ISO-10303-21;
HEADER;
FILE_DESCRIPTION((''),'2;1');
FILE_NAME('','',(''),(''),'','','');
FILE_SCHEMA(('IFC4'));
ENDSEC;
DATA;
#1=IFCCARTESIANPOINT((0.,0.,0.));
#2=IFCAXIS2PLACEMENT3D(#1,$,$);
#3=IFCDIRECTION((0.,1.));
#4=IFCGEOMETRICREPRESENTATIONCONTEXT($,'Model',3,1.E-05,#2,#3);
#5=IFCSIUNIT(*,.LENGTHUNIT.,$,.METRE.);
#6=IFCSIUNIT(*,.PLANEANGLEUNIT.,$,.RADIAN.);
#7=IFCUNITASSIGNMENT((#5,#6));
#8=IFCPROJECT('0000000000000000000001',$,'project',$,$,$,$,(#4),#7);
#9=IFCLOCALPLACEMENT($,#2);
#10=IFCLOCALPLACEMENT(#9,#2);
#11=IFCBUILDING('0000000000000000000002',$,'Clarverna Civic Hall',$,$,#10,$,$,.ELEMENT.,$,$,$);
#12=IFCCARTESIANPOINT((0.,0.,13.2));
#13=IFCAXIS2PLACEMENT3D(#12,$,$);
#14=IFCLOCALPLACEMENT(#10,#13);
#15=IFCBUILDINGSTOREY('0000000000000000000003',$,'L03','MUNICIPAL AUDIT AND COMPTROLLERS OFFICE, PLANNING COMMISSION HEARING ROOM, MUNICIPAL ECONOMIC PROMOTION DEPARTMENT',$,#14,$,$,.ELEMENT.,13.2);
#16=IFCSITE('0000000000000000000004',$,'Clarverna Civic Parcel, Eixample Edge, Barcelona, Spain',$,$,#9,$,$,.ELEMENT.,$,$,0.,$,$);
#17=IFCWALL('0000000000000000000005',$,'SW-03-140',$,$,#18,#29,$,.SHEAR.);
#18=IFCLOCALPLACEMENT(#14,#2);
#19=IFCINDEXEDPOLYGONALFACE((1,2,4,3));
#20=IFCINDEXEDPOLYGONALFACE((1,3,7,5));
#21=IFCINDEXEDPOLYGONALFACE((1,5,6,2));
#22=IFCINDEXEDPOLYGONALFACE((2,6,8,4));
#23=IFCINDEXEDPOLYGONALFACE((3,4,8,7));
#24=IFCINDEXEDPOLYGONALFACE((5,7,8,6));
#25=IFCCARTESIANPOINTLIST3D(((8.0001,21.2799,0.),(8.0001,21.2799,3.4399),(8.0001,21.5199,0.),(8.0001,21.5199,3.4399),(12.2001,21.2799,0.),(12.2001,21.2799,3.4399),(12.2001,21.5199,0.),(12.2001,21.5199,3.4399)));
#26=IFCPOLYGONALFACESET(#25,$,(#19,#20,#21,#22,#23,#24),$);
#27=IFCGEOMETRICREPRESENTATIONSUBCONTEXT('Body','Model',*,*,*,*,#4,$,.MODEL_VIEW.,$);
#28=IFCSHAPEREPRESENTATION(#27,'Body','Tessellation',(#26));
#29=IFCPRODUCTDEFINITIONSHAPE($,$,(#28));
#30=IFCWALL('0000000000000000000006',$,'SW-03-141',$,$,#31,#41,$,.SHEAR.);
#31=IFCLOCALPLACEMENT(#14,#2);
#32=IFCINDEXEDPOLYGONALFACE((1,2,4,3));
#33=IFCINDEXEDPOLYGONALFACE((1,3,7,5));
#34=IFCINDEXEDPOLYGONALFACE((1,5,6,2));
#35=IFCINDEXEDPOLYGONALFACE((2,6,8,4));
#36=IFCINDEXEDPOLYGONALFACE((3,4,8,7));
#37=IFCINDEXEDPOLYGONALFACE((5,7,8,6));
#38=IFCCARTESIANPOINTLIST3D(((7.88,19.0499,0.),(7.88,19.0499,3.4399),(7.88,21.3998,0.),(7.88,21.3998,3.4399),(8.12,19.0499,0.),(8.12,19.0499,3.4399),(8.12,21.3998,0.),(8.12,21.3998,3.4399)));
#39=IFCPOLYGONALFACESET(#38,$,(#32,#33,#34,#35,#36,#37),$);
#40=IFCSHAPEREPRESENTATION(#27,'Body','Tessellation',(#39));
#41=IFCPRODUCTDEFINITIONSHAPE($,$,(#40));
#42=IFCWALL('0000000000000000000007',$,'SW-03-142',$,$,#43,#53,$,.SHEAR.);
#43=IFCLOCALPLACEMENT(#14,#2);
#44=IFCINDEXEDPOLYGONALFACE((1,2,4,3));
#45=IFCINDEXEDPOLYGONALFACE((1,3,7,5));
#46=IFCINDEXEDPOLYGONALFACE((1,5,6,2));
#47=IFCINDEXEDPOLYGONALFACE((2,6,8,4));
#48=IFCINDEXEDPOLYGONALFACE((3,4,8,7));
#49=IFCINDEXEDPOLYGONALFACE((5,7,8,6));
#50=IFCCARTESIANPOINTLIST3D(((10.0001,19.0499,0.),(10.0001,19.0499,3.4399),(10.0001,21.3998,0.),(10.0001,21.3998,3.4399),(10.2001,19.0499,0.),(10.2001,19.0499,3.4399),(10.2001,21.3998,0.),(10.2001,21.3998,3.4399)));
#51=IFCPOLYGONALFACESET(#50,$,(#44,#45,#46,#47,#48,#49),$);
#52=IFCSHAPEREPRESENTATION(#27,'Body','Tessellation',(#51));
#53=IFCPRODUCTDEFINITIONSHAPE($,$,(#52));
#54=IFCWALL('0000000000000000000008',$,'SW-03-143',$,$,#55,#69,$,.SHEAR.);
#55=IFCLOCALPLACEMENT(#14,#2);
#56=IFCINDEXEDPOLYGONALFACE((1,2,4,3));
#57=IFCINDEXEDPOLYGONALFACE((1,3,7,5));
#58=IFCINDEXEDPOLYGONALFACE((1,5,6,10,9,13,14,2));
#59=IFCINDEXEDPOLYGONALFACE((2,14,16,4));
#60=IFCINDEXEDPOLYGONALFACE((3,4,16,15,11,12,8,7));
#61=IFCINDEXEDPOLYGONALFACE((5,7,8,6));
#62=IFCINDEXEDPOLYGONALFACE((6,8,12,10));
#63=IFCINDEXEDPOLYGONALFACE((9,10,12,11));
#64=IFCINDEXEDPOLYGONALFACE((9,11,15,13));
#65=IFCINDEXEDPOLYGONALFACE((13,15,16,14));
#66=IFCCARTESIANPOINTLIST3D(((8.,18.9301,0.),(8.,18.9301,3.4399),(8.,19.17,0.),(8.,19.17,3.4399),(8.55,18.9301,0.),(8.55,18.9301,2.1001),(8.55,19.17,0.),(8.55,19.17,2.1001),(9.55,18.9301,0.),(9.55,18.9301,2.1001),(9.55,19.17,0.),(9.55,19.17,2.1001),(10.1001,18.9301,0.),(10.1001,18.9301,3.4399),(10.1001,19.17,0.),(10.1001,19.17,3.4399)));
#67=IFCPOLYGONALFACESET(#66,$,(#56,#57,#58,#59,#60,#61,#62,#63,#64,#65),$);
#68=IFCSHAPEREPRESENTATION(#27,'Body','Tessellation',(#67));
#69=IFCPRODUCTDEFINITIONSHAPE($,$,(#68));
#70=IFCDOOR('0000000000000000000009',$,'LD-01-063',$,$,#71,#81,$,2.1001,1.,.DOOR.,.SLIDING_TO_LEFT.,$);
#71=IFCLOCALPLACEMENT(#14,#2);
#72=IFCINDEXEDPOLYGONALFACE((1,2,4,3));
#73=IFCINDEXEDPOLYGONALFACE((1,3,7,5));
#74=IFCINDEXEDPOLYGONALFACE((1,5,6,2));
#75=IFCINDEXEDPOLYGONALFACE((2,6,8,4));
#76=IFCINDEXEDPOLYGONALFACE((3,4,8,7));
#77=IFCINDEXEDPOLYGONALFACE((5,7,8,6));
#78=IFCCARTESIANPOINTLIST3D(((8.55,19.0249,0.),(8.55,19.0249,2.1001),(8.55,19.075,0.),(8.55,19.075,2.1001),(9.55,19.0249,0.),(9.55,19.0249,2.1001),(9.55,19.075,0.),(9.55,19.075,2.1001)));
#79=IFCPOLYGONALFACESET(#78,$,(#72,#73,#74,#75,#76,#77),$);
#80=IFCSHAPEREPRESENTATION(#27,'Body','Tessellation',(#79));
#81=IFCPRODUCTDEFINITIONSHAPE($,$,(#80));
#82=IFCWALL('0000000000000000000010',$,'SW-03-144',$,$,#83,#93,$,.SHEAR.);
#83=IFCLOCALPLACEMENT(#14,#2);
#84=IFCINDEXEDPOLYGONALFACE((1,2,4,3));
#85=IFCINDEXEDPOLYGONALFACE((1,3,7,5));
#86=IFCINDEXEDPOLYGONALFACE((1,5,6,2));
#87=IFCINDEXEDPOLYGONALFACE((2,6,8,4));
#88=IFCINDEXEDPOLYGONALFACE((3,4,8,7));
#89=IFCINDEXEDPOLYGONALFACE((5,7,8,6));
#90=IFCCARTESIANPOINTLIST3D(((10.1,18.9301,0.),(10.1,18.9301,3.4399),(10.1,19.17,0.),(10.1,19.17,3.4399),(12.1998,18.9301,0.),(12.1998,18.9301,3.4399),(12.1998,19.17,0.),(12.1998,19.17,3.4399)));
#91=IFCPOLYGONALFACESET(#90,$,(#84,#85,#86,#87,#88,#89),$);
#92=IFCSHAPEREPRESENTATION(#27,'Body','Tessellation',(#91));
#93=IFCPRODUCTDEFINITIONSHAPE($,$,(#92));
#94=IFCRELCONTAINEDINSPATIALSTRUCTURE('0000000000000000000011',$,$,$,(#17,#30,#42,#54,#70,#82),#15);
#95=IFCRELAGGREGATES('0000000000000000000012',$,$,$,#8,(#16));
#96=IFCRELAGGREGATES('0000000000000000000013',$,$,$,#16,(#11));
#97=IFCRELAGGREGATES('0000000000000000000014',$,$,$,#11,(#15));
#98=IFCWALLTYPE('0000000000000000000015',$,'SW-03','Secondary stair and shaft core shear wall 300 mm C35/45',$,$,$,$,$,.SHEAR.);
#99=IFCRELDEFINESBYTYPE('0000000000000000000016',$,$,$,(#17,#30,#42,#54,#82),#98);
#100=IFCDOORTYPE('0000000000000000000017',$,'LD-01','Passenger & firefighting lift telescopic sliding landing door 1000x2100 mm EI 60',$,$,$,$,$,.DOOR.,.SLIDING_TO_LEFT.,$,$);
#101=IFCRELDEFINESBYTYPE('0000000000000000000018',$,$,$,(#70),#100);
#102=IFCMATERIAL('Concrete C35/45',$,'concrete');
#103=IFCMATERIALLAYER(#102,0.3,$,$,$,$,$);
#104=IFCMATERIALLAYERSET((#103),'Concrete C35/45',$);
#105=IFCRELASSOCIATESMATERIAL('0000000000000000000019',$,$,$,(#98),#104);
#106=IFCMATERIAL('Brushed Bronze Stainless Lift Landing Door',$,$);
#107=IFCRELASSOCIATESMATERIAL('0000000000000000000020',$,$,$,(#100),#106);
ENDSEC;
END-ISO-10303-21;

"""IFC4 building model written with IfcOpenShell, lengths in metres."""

from ifc_helpers import new_model, si_unit, direction, frame, frame_2d, origin, place, context, subcontext, project, spatial, rectangle, extrude, material, layer, layer_set, type_object, element, fill, save


model = new_model("IFC4")

# Units and contexts
model_context = context("Model", 3, precision=1e-05, world=origin(), true_north=direction((0.0, 1.0)))
body_context = subcontext(model_context, "Body", "Model", "MODEL_VIEW")
ifc_project = project(units=[si_unit("LENGTHUNIT", "METRE"), si_unit("PLANEANGLEUNIT", "RADIAN")], contexts=[model_context])

# Site, building, storey
site_placement = place(None, origin())
site = spatial("IfcSite", under=ifc_project, at=site_placement, Name="Clarverna Civic Parcel, Eixample Edge, Barcelona, Spain", CompositionType="ELEMENT", RefElevation=0.0)
building_placement = place(site_placement, origin())
building = spatial("IfcBuilding", under=site, at=building_placement, Name="Clarverna Civic Hall", CompositionType="ELEMENT")
storey_placement = place(building_placement, frame((0.0, 0.0, 13.2)))
storey = spatial("IfcBuildingStorey", under=building, at=storey_placement, Name="L03", Description="MUNICIPAL AUDIT AND COMPTROLLERS OFFICE, PLANNING COMMISSION HEARING ROOM, MUNICIPAL ECONOMIC PROMOTION DEPARTMENT", CompositionType="ELEMENT", Elevation=13.2)

# Shared definitions
ifc_material_1 = material(Name="Concrete C35/45", Category="concrete")
ifc_layer_1 = layer(ifc_material_1, 0.3)
ifc_layer_set_1 = layer_set([ifc_layer_1], Name="Concrete C35/45")
wall_type_1 = type_object("IfcWallType", Name="SW-03", Description="Secondary stair and shaft core shear wall 300 mm C35/45", PredefinedType="SHEAR", material=ifc_layer_set_1)

# Walls
wall_1_placement = place(storey_placement, frame((8.0, 21.3999, 0.0), z_axis=(0.0, 0.0, 1.0), x_axis=(1.0, 0.0, 0.0)))
element("IfcWall", 1, at=wall_1_placement, inside=storey, type_object=wall_type_1, Name="SW-03-140", PredefinedType="SHEAR", context=body_context, shape_type="SweptSolid", body=[
    extrude(rectangle(XDim=4.2, YDim=0.24, at=frame_2d((2.1001, 0.0))), origin(), (0.0, 0.0, 1.0), 3.4399),
])
wall_2_placement = place(storey_placement, frame((8.0, 19.05, 0.0), z_axis=(0.0, 0.0, 1.0), x_axis=(0.0, 1.0, 0.0)))
element("IfcWall", 2, at=wall_2_placement, inside=storey, type_object=wall_type_1, Name="SW-03-141", PredefinedType="SHEAR", context=body_context, shape_type="SweptSolid", body=[
    extrude(rectangle(XDim=2.3499, YDim=0.24, at=frame_2d((1.1748, 0.0))), origin(), (0.0, 0.0, 1.0), 3.4399),
])
wall_3_placement = place(storey_placement, frame((10.1001, 19.05, 0.0), z_axis=(0.0, 0.0, 1.0), x_axis=(0.0, 1.0, 0.0)))
element("IfcWall", 3, at=wall_3_placement, inside=storey, type_object=wall_type_1, Name="SW-03-142", PredefinedType="SHEAR", context=body_context, shape_type="SweptSolid", body=[
    extrude(rectangle(XDim=2.3499, YDim=0.2, at=frame_2d((1.1748, 0.0))), origin(), (0.0, 0.0, 1.0), 3.4399),
])

# Wall, opening, door
wall_4_placement = place(storey_placement, frame((8.0, 19.05, 0.0), z_axis=(0.0, 0.0, 1.0), x_axis=(1.0, 0.0, 0.0)))
wall_4 = element("IfcWall", 4, at=wall_4_placement, inside=storey, type_object=wall_type_1, Name="SW-03-143", PredefinedType="SHEAR", context=body_context, shape_type="SweptSolid", body=[
    extrude(rectangle(XDim=2.1001, YDim=0.24, at=frame_2d((1.05, 0.0))), origin(), (0.0, 0.0, 1.0), 3.4399),
])
opening_1_placement = place(wall_4_placement, frame((0.55, 0.0, 0.0)))
opening_1 = element("IfcOpeningElement", 5, at=opening_1_placement, cuts=wall_4, PredefinedType="OPENING", context=body_context, shape_type="SweptSolid", body=[
    extrude(rectangle(XDim=1.0, YDim=2.1001, at=frame_2d((0.5, 1.05))), frame((0.0, 0.1299, 0.0), z_axis=(0.0, -1.0, 0.0), x_axis=(1.0, 0.0, 0.0)), (0.0, 0.0, 1.0), 0.26),
])
ifc_material_2 = material(Name="Brushed Bronze Stainless Lift Landing Door")
door_type_1 = type_object("IfcDoorType", Name="LD-01", Description="Passenger & firefighting lift telescopic sliding landing door 1000x2100 mm EI 60", OperationType="SLIDING_TO_LEFT", PredefinedType="DOOR", material=ifc_material_2)
door_1_placement = place(opening_1_placement, origin())
door_1 = element("IfcDoor", 6, at=door_1_placement, inside=storey, type_object=door_type_1, Name="LD-01-063", OperationType="SLIDING_TO_LEFT", OverallHeight=2.1001, OverallWidth=1.0, PredefinedType="DOOR", context=body_context, shape_type="SweptSolid", body=[
    extrude(rectangle(XDim=1.0, YDim=2.1001, at=frame_2d((0.5, 1.05))), frame((0.0, 0.0249, 0.0), z_axis=(0.0, -1.0, 0.0), x_axis=(1.0, 0.0, 0.0)), (0.0, 0.0, 1.0), 0.05),
])
fill(opening_1, door_1)

# Wall
wall_5_placement = place(storey_placement, frame((10.1001, 19.05, 0.0), z_axis=(0.0, 0.0, 1.0), x_axis=(1.0, 0.0, 0.0)))
element("IfcWall", 7, at=wall_5_placement, inside=storey, type_object=wall_type_1, Name="SW-03-144", PredefinedType="SHEAR", context=body_context, shape_type="SweptSolid", body=[
    extrude(rectangle(XDim=2.0999, YDim=0.24, at=frame_2d((1.0498, 0.0))), origin(), (0.0, 0.0, 1.0), 3.4399),
])

save(model, "model.ifc")
